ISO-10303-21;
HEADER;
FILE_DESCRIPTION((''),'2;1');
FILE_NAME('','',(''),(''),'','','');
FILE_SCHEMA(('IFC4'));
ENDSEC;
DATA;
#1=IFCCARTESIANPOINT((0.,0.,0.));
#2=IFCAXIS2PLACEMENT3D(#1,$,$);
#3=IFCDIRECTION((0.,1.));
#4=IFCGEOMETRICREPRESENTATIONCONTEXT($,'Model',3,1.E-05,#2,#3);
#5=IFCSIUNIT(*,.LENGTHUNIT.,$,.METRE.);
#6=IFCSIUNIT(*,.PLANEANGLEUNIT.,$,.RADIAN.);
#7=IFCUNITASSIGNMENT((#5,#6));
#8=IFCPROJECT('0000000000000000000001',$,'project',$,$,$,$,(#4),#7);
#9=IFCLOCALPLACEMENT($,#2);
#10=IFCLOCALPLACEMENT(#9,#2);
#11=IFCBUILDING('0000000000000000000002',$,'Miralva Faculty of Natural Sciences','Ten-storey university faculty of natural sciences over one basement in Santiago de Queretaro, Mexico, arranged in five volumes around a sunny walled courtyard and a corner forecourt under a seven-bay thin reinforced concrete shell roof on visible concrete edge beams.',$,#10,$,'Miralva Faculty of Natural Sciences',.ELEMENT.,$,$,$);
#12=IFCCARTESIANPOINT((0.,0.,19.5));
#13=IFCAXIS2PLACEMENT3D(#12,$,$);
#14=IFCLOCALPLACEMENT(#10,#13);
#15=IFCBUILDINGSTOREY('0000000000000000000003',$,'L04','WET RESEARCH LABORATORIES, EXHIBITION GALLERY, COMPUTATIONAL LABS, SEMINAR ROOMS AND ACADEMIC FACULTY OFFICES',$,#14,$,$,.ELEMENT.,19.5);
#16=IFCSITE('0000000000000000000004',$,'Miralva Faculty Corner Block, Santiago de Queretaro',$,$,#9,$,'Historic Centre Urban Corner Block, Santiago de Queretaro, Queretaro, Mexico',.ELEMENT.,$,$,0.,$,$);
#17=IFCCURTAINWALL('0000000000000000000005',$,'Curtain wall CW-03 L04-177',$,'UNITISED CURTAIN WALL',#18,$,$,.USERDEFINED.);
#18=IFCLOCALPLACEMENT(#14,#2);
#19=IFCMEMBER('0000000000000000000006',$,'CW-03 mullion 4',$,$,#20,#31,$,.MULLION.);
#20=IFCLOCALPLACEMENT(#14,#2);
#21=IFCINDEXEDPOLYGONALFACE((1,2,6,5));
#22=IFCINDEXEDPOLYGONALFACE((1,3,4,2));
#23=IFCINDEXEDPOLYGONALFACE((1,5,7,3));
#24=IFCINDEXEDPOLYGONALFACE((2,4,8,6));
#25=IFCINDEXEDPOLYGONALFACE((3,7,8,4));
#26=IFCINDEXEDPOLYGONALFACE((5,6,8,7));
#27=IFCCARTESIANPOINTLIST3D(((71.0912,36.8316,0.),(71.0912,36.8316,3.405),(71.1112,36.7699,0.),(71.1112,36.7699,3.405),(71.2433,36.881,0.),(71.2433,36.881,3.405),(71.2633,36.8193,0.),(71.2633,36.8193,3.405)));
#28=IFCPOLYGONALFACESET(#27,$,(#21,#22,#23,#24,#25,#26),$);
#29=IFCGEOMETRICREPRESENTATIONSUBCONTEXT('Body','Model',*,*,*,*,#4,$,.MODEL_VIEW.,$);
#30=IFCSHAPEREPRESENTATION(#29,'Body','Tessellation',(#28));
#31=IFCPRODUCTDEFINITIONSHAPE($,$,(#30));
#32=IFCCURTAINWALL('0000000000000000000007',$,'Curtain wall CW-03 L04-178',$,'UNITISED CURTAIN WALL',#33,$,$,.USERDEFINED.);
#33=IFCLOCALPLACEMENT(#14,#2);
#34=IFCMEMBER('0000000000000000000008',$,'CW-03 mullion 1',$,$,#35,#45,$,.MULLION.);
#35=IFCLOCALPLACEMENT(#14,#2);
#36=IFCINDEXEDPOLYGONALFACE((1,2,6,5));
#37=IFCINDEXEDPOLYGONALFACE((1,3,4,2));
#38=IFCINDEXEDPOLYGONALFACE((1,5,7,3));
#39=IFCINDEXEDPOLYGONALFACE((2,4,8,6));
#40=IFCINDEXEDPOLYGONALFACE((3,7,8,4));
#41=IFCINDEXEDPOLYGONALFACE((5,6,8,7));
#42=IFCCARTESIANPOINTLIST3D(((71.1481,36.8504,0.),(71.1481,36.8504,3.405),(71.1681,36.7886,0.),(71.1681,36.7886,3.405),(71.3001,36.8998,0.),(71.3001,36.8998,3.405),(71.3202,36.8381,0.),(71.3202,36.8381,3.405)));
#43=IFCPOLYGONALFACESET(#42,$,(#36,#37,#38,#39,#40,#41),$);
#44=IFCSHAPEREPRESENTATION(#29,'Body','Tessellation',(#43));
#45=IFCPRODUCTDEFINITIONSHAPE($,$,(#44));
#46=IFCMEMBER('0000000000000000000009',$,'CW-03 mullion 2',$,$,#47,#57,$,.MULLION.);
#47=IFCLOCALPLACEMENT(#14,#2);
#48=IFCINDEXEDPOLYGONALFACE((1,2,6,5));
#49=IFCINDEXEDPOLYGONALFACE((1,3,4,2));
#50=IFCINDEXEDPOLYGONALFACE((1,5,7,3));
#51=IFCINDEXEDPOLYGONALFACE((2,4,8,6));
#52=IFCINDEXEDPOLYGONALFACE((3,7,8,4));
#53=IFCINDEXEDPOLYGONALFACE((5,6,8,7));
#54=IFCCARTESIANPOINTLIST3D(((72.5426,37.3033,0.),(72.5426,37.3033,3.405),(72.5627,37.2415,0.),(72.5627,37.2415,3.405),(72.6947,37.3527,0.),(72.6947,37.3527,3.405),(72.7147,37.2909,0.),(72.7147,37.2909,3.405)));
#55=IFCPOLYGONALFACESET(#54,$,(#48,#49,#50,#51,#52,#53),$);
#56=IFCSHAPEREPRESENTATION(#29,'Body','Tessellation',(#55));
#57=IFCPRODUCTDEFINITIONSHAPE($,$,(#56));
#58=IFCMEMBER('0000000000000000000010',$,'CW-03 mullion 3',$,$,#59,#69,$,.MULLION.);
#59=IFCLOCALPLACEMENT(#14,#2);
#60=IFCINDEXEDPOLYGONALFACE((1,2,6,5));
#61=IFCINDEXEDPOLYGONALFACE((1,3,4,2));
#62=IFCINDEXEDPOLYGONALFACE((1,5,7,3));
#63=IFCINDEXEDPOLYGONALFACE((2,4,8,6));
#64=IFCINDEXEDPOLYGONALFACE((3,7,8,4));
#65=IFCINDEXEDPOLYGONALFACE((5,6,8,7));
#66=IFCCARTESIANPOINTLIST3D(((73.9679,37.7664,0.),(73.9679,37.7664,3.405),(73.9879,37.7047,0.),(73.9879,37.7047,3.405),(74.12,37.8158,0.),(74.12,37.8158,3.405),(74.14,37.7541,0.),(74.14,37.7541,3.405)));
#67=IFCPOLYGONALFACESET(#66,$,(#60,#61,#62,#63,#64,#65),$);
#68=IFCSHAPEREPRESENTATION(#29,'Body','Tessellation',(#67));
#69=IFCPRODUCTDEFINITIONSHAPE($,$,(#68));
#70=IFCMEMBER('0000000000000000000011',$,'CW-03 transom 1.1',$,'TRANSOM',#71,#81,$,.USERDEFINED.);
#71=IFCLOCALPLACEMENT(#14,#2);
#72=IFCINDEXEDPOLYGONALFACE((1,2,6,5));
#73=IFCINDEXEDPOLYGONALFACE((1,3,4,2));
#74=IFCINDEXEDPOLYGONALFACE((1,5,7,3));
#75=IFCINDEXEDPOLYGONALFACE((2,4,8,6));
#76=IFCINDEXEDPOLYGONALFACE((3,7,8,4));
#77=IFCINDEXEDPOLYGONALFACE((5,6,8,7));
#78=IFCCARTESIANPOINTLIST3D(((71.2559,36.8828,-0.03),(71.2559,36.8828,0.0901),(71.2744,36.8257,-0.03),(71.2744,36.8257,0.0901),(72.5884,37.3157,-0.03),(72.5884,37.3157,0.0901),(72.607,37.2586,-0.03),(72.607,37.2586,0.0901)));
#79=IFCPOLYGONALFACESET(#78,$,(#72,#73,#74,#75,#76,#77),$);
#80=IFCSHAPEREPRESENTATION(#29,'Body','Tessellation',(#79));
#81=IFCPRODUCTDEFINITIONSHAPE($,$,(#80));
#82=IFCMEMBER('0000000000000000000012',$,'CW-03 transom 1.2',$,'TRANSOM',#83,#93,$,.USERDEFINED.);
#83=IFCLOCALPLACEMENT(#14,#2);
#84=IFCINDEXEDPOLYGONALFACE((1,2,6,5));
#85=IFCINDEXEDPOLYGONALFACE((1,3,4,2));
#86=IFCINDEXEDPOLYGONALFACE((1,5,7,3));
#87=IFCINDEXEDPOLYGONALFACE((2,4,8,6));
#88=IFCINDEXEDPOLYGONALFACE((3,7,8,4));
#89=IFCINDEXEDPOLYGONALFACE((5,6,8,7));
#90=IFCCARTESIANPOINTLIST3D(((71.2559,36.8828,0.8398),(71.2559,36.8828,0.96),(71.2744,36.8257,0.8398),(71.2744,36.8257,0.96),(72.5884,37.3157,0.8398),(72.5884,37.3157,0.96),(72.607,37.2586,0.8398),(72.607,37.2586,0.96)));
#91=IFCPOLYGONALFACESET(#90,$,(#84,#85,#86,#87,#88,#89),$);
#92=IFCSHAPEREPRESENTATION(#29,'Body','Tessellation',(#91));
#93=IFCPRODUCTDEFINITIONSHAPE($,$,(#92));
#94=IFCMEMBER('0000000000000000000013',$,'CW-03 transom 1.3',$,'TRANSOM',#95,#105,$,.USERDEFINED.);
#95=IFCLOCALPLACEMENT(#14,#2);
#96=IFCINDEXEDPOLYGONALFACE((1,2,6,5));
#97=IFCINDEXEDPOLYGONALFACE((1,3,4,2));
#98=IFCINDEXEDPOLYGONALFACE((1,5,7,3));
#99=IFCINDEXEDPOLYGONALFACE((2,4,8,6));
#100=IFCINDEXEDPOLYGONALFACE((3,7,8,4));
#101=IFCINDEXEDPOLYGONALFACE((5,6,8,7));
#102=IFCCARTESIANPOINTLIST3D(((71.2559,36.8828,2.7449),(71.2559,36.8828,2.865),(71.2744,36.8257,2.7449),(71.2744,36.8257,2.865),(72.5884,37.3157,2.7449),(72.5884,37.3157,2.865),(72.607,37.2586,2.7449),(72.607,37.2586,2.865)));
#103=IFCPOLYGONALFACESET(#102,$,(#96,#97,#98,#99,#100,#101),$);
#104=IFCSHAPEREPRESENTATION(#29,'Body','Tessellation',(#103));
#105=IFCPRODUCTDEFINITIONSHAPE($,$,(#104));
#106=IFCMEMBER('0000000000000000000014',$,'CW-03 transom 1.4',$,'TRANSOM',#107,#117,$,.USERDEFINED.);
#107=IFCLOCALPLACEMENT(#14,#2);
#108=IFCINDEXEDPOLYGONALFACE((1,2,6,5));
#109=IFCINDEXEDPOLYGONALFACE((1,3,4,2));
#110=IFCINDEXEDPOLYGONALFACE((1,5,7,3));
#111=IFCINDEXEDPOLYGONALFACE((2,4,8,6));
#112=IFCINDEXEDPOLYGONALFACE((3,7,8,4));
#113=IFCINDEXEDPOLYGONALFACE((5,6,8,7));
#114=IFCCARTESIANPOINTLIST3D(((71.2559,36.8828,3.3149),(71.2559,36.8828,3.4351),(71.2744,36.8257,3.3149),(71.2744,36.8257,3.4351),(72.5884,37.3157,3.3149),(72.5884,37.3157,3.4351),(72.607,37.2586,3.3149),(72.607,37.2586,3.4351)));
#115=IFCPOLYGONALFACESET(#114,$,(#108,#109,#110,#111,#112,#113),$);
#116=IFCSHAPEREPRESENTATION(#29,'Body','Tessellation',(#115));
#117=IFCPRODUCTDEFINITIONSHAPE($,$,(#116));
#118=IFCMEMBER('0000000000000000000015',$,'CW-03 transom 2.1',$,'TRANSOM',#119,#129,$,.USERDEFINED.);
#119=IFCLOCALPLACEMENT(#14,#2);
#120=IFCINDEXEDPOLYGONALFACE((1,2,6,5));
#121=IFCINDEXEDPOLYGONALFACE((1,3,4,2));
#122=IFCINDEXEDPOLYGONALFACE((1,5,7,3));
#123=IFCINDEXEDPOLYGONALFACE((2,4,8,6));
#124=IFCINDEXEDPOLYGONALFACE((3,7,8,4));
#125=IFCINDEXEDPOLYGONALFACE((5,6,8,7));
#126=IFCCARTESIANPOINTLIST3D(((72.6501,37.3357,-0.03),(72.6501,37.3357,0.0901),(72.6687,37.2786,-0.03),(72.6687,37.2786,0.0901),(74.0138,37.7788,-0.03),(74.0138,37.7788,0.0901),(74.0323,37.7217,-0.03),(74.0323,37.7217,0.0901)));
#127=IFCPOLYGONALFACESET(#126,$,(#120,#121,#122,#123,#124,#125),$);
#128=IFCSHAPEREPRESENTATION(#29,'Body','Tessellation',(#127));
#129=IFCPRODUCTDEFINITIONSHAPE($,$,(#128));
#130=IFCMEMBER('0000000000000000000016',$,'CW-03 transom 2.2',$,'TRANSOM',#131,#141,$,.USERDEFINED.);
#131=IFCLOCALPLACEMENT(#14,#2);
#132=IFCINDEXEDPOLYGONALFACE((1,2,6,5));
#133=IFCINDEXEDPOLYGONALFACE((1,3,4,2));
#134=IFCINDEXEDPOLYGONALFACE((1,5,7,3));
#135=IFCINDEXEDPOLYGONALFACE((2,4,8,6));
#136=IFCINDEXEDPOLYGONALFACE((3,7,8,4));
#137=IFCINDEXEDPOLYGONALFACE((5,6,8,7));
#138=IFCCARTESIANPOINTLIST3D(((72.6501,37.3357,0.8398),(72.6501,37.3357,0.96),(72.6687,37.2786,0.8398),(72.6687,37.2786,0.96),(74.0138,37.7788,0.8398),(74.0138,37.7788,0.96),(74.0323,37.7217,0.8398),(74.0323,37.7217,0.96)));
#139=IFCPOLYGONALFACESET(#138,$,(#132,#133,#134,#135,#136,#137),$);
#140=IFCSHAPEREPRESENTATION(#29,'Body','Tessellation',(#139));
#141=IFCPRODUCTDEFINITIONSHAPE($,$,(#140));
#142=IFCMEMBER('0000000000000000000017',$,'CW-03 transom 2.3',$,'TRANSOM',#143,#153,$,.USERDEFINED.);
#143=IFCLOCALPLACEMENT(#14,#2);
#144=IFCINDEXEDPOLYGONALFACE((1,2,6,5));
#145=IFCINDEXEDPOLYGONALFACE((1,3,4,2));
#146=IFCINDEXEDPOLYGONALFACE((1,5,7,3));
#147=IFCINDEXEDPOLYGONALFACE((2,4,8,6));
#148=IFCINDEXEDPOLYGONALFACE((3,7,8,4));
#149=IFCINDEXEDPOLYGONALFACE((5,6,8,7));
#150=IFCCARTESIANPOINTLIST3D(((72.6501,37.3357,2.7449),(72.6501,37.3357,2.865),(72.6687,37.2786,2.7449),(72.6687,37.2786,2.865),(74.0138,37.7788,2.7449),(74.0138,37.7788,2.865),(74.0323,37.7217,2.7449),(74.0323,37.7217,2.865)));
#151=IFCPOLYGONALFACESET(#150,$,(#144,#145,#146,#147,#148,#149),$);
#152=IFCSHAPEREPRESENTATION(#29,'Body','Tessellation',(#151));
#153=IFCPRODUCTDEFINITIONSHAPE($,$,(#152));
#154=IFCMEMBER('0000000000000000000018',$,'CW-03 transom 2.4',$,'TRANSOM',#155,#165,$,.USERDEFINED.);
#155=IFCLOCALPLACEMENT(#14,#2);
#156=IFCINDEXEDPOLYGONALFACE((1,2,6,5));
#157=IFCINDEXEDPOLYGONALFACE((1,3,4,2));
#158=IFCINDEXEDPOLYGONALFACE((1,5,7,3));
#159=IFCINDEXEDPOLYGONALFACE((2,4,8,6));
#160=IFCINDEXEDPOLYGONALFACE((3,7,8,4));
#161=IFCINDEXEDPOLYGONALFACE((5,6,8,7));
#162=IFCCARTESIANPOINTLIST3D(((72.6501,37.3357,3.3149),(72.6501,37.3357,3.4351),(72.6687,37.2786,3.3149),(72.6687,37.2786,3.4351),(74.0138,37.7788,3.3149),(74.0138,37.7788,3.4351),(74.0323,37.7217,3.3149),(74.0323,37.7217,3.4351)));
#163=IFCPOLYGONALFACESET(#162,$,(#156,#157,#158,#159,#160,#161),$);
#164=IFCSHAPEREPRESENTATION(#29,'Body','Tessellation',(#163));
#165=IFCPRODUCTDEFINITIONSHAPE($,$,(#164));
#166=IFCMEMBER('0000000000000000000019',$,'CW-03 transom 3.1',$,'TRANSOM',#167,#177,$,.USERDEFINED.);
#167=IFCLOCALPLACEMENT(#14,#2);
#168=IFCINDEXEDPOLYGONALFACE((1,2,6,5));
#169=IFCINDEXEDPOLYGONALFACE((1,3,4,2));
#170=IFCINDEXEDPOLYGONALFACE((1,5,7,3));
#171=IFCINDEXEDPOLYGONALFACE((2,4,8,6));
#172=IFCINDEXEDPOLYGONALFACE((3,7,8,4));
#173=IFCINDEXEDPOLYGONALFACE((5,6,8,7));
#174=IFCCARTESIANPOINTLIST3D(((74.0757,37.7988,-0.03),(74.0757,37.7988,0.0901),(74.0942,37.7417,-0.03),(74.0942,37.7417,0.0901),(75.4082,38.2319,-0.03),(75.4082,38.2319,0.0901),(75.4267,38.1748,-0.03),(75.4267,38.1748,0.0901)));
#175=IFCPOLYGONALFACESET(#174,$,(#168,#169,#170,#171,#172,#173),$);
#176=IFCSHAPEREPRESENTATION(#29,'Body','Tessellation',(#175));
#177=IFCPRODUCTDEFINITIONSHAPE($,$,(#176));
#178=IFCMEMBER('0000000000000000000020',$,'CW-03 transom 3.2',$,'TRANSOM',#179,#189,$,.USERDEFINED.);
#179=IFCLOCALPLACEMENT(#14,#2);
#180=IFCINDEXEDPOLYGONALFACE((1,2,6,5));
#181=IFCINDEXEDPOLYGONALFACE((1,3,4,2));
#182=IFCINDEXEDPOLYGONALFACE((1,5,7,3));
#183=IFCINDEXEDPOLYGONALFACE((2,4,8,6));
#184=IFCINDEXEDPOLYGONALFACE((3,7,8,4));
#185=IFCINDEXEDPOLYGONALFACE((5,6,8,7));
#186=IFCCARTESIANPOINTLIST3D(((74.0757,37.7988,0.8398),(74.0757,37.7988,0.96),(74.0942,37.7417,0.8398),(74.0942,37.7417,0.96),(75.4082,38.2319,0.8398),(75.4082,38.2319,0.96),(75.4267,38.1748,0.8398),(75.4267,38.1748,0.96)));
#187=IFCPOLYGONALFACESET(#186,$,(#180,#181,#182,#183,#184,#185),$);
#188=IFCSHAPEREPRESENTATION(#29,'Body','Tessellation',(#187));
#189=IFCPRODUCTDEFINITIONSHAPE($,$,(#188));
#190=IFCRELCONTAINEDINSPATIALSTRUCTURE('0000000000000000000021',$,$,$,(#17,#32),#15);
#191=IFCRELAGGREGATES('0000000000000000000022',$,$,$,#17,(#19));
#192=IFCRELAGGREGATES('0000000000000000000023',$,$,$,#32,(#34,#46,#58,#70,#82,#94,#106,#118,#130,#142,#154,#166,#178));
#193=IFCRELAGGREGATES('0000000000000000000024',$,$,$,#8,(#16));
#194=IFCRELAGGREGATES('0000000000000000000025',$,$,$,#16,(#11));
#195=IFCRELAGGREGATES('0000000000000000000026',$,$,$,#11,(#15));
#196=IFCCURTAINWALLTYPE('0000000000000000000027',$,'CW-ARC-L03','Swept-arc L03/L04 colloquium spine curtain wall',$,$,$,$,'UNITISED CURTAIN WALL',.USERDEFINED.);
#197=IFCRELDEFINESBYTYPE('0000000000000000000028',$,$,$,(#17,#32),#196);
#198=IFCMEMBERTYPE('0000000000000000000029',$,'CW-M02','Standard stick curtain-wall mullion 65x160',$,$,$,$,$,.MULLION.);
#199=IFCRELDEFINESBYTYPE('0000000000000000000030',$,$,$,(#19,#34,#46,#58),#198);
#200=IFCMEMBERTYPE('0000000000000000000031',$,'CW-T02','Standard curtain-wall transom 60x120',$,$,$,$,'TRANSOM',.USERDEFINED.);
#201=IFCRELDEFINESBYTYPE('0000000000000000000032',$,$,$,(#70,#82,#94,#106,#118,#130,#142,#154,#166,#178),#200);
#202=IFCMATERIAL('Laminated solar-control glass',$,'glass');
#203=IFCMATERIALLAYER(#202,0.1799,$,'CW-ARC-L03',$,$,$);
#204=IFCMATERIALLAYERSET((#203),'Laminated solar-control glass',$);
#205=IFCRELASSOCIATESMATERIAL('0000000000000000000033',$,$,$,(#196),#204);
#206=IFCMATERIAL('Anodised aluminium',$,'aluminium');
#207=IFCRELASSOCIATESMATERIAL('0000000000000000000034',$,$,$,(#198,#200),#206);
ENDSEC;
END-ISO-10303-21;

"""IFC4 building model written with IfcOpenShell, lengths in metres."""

from ifc_helpers import new_model, si_unit, direction, frame, origin, origin_2d, place, context, subcontext, project, spatial, rectangle, extrude, material, layer, layer_set, material_profile, profile_set, type_object, element, aggregate, save


model = new_model("IFC4")

# Units and contexts
model_context = context("Model", 3, precision=1e-05, world=origin(), true_north=direction((0.0, 1.0)))
body_context = subcontext(model_context, "Body", "Model", "MODEL_VIEW")
ifc_project = project(units=[si_unit("LENGTHUNIT", "METRE"), si_unit("PLANEANGLEUNIT", "RADIAN")], contexts=[model_context])

# Site, building, storey
site_placement = place(None, origin())
site = spatial("IfcSite", under=ifc_project, at=site_placement, Name="Miralva Faculty Corner Block, Santiago de Queretaro", LongName="Historic Centre Urban Corner Block, Santiago de Queretaro, Queretaro, Mexico", CompositionType="ELEMENT", RefElevation=0.0)
building_placement = place(site_placement, origin())
building = spatial("IfcBuilding", under=site, at=building_placement, Name="Miralva Faculty of Natural Sciences", Description="Ten-storey university faculty of natural sciences over one basement in Santiago de Queretaro, Mexico, arranged in five volumes around a sunny walled courtyard and a corner forecourt under a seven-bay thin reinforced concrete shell roof on visible concrete edge beams.", LongName="Miralva Faculty of Natural Sciences", CompositionType="ELEMENT")
storey_placement = place(building_placement, frame((0.0, 0.0, 19.5)))
storey = spatial("IfcBuildingStorey", under=building, at=storey_placement, Name="L04", Description="WET RESEARCH LABORATORIES, EXHIBITION GALLERY, COMPUTATIONAL LABS, SEMINAR ROOMS AND ACADEMIC FACULTY OFFICES", CompositionType="ELEMENT", Elevation=19.5)

# Curtain wall, member
ifc_material_1 = material(Name="Laminated solar-control glass", Category="glass")
ifc_layer_1 = layer(ifc_material_1, 0.1799, Name="CW-ARC-L03")
ifc_layer_set_1 = layer_set([ifc_layer_1], Name="Laminated solar-control glass")
curtain_wall_type = type_object("IfcCurtainWallType", Name="CW-ARC-L03", Description="Swept-arc L03/L04 colloquium spine curtain wall", ElementType="UNITISED CURTAIN WALL", PredefinedType="USERDEFINED", material=ifc_layer_set_1)
curtain_wall_1_placement = place(storey_placement, origin())
curtain_wall_1 = element("IfcCurtainWall", 1, at=curtain_wall_1_placement, inside=storey, type_object=curtain_wall_type, Name="Curtain wall CW-03 L04-177", ObjectType="UNITISED CURTAIN WALL", PredefinedType="USERDEFINED")
ifc_material_2 = material(Name="Anodised aluminium", Category="aluminium")
ifc_material_profile_1 = material_profile(ifc_material_2, rectangle(XDim=0.0649, YDim=0.1599, at=origin_2d()), Name="MULLION 65x160")
ifc_profile_set_1 = profile_set([ifc_material_profile_1], Name="Anodised aluminium")
member_type_1 = type_object("IfcMemberType", Name="CW-M02", Description="Standard stick curtain-wall mullion 65x160", PredefinedType="MULLION", material=ifc_profile_set_1)
member_1_placement = place(storey_placement, frame((71.1772, 36.8254, 0.0), z_axis=(0.0, 0.0, 1.0), x_axis=(-0.309011, 0.951058, 0.0)))
member_1 = element("IfcMember", 2, at=member_1_placement, type_object=member_type_1, Name="CW-03 mullion 4", PredefinedType="MULLION", context=body_context, shape_type="SweptSolid", body=[
    extrude(rectangle(XDim=0.0649, YDim=0.1599, at=origin_2d()), origin(), (0.0, 0.0, 1.0), 3.405),
])

# Curtain wall, members
curtain_wall_2_placement = place(storey_placement, origin())
curtain_wall_2 = element("IfcCurtainWall", 3, at=curtain_wall_2_placement, inside=storey, type_object=curtain_wall_type, Name="Curtain wall CW-03 L04-178", ObjectType="UNITISED CURTAIN WALL", PredefinedType="USERDEFINED")
member_2_placement = place(storey_placement, frame((71.2341, 36.8442, 0.0), z_axis=(0.0, 0.0, 1.0), x_axis=(-0.309006, 0.95106, 0.0)))
member_2 = element("IfcMember", 4, at=member_2_placement, type_object=member_type_1, Name="CW-03 mullion 1", PredefinedType="MULLION", context=body_context, shape_type="SweptSolid", body=[
    extrude(rectangle(XDim=0.0649, YDim=0.1599, at=origin_2d()), origin(), (0.0, 0.0, 1.0), 3.405),
])
member_3_placement = place(storey_placement, frame((72.6287, 37.2971, 0.0), z_axis=(0.0, 0.0, 1.0), x_axis=(-0.309006, 0.95106, 0.0)))
member_3 = element("IfcMember", 5, at=member_3_placement, type_object=member_type_1, Name="CW-03 mullion 2", PredefinedType="MULLION", context=body_context, shape_type="SweptSolid", body=[
    extrude(rectangle(XDim=0.0649, YDim=0.1599, at=origin_2d()), origin(), (0.0, 0.0, 1.0), 3.405),
])
member_4_placement = place(storey_placement, frame((74.054, 37.7603, 0.0), z_axis=(0.0, 0.0, 1.0), x_axis=(-0.309006, 0.95106, 0.0)))
member_4 = element("IfcMember", 6, at=member_4_placement, type_object=member_type_1, Name="CW-03 mullion 3", PredefinedType="MULLION", context=body_context, shape_type="SweptSolid", body=[
    extrude(rectangle(XDim=0.0649, YDim=0.1599, at=origin_2d()), origin(), (0.0, 0.0, 1.0), 3.405),
])
ifc_material_profile_2 = material_profile(ifc_material_2, rectangle(XDim=0.0601, YDim=0.1201, at=origin_2d()), Name="TRANSOM 60x120")
ifc_profile_set_2 = profile_set([ifc_material_profile_2], Name="Anodised aluminium")
member_type_2 = type_object("IfcMemberType", Name="CW-T02", Description="Standard curtain-wall transom 60x120", ElementType="TRANSOM", PredefinedType="USERDEFINED", material=ifc_profile_set_2)
member_5_placement = place(storey_placement, frame((71.2651, 36.8542, 0.03), z_axis=(0.951078, 0.308952, 0.0), x_axis=(-0.308952, 0.951078, 0.0)))
member_5 = element("IfcMember", 7, at=member_5_placement, type_object=member_type_2, Name="CW-03 transom 1.1", ObjectType="TRANSOM", PredefinedType="USERDEFINED", context=body_context, shape_type="SweptSolid", body=[
    extrude(rectangle(XDim=0.0601, YDim=0.1201, at=origin_2d()), origin(), (0.0, 0.0, 1.0), 1.4011),
])
member_6_placement = place(storey_placement, frame((71.2651, 36.8542, 0.8999), z_axis=(0.951078, 0.308952, 0.0), x_axis=(-0.308952, 0.951078, 0.0)))
member_6 = element("IfcMember", 8, at=member_6_placement, type_object=member_type_2, Name="CW-03 transom 1.2", ObjectType="TRANSOM", PredefinedType="USERDEFINED", context=body_context, shape_type="SweptSolid", body=[
    extrude(rectangle(XDim=0.0601, YDim=0.1201, at=origin_2d()), origin(), (0.0, 0.0, 1.0), 1.4011),
])
member_7_placement = place(storey_placement, frame((71.2651, 36.8542, 2.8049), z_axis=(0.951078, 0.308952, 0.0), x_axis=(-0.308952, 0.951078, 0.0)))
member_7 = element("IfcMember", 9, at=member_7_placement, type_object=member_type_2, Name="CW-03 transom 1.3", ObjectType="TRANSOM", PredefinedType="USERDEFINED", context=body_context, shape_type="SweptSolid", body=[
    extrude(rectangle(XDim=0.0601, YDim=0.1201, at=origin_2d()), origin(), (0.0, 0.0, 1.0), 1.4011),
])
member_8_placement = place(storey_placement, frame((71.2651, 36.8542, 3.375), z_axis=(0.951078, 0.308952, 0.0), x_axis=(-0.308952, 0.951078, 0.0)))
member_8 = element("IfcMember", 10, at=member_8_placement, type_object=member_type_2, Name="CW-03 transom 1.4", ObjectType="TRANSOM", PredefinedType="USERDEFINED", context=body_context, shape_type="SweptSolid", body=[
    extrude(rectangle(XDim=0.0601, YDim=0.1201, at=origin_2d()), origin(), (0.0, 0.0, 1.0), 1.4011),
])
member_9_placement = place(storey_placement, frame((72.6594, 37.3071, 0.03), z_axis=(0.95104, 0.309067, 0.0), x_axis=(-0.309067, 0.95104, 0.0)))
member_9 = element("IfcMember", 11, at=member_9_placement, type_object=member_type_2, Name="CW-03 transom 2.1", ObjectType="TRANSOM", PredefinedType="USERDEFINED", context=body_context, shape_type="SweptSolid", body=[
    extrude(rectangle(XDim=0.0601, YDim=0.1201, at=origin_2d()), origin(), (0.0, 0.0, 1.0), 1.4338),
])
member_10_placement = place(storey_placement, frame((72.6594, 37.3071, 0.8999), z_axis=(0.95104, 0.309067, 0.0), x_axis=(-0.309067, 0.95104, 0.0)))
member_10 = element("IfcMember", 12, at=member_10_placement, type_object=member_type_2, Name="CW-03 transom 2.2", ObjectType="TRANSOM", PredefinedType="USERDEFINED", context=body_context, shape_type="SweptSolid", body=[
    extrude(rectangle(XDim=0.0601, YDim=0.1201, at=origin_2d()), origin(), (0.0, 0.0, 1.0), 1.4338),
])
member_11_placement = place(storey_placement, frame((72.6594, 37.3071, 2.8049), z_axis=(0.95104, 0.309067, 0.0), x_axis=(-0.309067, 0.95104, 0.0)))
member_11 = element("IfcMember", 13, at=member_11_placement, type_object=member_type_2, Name="CW-03 transom 2.3", ObjectType="TRANSOM", PredefinedType="USERDEFINED", context=body_context, shape_type="SweptSolid", body=[
    extrude(rectangle(XDim=0.0601, YDim=0.1201, at=origin_2d()), origin(), (0.0, 0.0, 1.0), 1.4338),
])
member_12_placement = place(storey_placement, frame((72.6594, 37.3071, 3.375), z_axis=(0.95104, 0.309067, 0.0), x_axis=(-0.309067, 0.95104, 0.0)))
member_12 = element("IfcMember", 14, at=member_12_placement, type_object=member_type_2, Name="CW-03 transom 2.4", ObjectType="TRANSOM", PredefinedType="USERDEFINED", context=body_context, shape_type="SweptSolid", body=[
    extrude(rectangle(XDim=0.0601, YDim=0.1201, at=origin_2d()), origin(), (0.0, 0.0, 1.0), 1.4338),
])
member_13_placement = place(storey_placement, frame((74.085, 37.7703, 0.03), z_axis=(0.951026, 0.30911, 0.0), x_axis=(-0.30911, 0.951026, 0.0)))
member_13 = element("IfcMember", 15, at=member_13_placement, type_object=member_type_2, Name="CW-03 transom 3.1", ObjectType="TRANSOM", PredefinedType="USERDEFINED", context=body_context, shape_type="SweptSolid", body=[
    extrude(rectangle(XDim=0.0601, YDim=0.1201, at=origin_2d()), origin(), (0.0, 0.0, 1.0), 1.4011),
])
member_14_placement = place(storey_placement, frame((74.085, 37.7703, 0.8999), z_axis=(0.951026, 0.30911, 0.0), x_axis=(-0.30911, 0.951026, 0.0)))
member_14 = element("IfcMember", 16, at=member_14_placement, type_object=member_type_2, Name="CW-03 transom 3.2", ObjectType="TRANSOM", PredefinedType="USERDEFINED", context=body_context, shape_type="SweptSolid", body=[
    extrude(rectangle(XDim=0.0601, YDim=0.1201, at=origin_2d()), origin(), (0.0, 0.0, 1.0), 1.4011),
])

aggregate(curtain_wall_1, [member_1])
aggregate(curtain_wall_2, [member_2, member_3, member_4, member_5, member_6, member_7, member_8, member_9, member_10, member_11, member_12, member_13, member_14])

save(model, "model.ifc")
